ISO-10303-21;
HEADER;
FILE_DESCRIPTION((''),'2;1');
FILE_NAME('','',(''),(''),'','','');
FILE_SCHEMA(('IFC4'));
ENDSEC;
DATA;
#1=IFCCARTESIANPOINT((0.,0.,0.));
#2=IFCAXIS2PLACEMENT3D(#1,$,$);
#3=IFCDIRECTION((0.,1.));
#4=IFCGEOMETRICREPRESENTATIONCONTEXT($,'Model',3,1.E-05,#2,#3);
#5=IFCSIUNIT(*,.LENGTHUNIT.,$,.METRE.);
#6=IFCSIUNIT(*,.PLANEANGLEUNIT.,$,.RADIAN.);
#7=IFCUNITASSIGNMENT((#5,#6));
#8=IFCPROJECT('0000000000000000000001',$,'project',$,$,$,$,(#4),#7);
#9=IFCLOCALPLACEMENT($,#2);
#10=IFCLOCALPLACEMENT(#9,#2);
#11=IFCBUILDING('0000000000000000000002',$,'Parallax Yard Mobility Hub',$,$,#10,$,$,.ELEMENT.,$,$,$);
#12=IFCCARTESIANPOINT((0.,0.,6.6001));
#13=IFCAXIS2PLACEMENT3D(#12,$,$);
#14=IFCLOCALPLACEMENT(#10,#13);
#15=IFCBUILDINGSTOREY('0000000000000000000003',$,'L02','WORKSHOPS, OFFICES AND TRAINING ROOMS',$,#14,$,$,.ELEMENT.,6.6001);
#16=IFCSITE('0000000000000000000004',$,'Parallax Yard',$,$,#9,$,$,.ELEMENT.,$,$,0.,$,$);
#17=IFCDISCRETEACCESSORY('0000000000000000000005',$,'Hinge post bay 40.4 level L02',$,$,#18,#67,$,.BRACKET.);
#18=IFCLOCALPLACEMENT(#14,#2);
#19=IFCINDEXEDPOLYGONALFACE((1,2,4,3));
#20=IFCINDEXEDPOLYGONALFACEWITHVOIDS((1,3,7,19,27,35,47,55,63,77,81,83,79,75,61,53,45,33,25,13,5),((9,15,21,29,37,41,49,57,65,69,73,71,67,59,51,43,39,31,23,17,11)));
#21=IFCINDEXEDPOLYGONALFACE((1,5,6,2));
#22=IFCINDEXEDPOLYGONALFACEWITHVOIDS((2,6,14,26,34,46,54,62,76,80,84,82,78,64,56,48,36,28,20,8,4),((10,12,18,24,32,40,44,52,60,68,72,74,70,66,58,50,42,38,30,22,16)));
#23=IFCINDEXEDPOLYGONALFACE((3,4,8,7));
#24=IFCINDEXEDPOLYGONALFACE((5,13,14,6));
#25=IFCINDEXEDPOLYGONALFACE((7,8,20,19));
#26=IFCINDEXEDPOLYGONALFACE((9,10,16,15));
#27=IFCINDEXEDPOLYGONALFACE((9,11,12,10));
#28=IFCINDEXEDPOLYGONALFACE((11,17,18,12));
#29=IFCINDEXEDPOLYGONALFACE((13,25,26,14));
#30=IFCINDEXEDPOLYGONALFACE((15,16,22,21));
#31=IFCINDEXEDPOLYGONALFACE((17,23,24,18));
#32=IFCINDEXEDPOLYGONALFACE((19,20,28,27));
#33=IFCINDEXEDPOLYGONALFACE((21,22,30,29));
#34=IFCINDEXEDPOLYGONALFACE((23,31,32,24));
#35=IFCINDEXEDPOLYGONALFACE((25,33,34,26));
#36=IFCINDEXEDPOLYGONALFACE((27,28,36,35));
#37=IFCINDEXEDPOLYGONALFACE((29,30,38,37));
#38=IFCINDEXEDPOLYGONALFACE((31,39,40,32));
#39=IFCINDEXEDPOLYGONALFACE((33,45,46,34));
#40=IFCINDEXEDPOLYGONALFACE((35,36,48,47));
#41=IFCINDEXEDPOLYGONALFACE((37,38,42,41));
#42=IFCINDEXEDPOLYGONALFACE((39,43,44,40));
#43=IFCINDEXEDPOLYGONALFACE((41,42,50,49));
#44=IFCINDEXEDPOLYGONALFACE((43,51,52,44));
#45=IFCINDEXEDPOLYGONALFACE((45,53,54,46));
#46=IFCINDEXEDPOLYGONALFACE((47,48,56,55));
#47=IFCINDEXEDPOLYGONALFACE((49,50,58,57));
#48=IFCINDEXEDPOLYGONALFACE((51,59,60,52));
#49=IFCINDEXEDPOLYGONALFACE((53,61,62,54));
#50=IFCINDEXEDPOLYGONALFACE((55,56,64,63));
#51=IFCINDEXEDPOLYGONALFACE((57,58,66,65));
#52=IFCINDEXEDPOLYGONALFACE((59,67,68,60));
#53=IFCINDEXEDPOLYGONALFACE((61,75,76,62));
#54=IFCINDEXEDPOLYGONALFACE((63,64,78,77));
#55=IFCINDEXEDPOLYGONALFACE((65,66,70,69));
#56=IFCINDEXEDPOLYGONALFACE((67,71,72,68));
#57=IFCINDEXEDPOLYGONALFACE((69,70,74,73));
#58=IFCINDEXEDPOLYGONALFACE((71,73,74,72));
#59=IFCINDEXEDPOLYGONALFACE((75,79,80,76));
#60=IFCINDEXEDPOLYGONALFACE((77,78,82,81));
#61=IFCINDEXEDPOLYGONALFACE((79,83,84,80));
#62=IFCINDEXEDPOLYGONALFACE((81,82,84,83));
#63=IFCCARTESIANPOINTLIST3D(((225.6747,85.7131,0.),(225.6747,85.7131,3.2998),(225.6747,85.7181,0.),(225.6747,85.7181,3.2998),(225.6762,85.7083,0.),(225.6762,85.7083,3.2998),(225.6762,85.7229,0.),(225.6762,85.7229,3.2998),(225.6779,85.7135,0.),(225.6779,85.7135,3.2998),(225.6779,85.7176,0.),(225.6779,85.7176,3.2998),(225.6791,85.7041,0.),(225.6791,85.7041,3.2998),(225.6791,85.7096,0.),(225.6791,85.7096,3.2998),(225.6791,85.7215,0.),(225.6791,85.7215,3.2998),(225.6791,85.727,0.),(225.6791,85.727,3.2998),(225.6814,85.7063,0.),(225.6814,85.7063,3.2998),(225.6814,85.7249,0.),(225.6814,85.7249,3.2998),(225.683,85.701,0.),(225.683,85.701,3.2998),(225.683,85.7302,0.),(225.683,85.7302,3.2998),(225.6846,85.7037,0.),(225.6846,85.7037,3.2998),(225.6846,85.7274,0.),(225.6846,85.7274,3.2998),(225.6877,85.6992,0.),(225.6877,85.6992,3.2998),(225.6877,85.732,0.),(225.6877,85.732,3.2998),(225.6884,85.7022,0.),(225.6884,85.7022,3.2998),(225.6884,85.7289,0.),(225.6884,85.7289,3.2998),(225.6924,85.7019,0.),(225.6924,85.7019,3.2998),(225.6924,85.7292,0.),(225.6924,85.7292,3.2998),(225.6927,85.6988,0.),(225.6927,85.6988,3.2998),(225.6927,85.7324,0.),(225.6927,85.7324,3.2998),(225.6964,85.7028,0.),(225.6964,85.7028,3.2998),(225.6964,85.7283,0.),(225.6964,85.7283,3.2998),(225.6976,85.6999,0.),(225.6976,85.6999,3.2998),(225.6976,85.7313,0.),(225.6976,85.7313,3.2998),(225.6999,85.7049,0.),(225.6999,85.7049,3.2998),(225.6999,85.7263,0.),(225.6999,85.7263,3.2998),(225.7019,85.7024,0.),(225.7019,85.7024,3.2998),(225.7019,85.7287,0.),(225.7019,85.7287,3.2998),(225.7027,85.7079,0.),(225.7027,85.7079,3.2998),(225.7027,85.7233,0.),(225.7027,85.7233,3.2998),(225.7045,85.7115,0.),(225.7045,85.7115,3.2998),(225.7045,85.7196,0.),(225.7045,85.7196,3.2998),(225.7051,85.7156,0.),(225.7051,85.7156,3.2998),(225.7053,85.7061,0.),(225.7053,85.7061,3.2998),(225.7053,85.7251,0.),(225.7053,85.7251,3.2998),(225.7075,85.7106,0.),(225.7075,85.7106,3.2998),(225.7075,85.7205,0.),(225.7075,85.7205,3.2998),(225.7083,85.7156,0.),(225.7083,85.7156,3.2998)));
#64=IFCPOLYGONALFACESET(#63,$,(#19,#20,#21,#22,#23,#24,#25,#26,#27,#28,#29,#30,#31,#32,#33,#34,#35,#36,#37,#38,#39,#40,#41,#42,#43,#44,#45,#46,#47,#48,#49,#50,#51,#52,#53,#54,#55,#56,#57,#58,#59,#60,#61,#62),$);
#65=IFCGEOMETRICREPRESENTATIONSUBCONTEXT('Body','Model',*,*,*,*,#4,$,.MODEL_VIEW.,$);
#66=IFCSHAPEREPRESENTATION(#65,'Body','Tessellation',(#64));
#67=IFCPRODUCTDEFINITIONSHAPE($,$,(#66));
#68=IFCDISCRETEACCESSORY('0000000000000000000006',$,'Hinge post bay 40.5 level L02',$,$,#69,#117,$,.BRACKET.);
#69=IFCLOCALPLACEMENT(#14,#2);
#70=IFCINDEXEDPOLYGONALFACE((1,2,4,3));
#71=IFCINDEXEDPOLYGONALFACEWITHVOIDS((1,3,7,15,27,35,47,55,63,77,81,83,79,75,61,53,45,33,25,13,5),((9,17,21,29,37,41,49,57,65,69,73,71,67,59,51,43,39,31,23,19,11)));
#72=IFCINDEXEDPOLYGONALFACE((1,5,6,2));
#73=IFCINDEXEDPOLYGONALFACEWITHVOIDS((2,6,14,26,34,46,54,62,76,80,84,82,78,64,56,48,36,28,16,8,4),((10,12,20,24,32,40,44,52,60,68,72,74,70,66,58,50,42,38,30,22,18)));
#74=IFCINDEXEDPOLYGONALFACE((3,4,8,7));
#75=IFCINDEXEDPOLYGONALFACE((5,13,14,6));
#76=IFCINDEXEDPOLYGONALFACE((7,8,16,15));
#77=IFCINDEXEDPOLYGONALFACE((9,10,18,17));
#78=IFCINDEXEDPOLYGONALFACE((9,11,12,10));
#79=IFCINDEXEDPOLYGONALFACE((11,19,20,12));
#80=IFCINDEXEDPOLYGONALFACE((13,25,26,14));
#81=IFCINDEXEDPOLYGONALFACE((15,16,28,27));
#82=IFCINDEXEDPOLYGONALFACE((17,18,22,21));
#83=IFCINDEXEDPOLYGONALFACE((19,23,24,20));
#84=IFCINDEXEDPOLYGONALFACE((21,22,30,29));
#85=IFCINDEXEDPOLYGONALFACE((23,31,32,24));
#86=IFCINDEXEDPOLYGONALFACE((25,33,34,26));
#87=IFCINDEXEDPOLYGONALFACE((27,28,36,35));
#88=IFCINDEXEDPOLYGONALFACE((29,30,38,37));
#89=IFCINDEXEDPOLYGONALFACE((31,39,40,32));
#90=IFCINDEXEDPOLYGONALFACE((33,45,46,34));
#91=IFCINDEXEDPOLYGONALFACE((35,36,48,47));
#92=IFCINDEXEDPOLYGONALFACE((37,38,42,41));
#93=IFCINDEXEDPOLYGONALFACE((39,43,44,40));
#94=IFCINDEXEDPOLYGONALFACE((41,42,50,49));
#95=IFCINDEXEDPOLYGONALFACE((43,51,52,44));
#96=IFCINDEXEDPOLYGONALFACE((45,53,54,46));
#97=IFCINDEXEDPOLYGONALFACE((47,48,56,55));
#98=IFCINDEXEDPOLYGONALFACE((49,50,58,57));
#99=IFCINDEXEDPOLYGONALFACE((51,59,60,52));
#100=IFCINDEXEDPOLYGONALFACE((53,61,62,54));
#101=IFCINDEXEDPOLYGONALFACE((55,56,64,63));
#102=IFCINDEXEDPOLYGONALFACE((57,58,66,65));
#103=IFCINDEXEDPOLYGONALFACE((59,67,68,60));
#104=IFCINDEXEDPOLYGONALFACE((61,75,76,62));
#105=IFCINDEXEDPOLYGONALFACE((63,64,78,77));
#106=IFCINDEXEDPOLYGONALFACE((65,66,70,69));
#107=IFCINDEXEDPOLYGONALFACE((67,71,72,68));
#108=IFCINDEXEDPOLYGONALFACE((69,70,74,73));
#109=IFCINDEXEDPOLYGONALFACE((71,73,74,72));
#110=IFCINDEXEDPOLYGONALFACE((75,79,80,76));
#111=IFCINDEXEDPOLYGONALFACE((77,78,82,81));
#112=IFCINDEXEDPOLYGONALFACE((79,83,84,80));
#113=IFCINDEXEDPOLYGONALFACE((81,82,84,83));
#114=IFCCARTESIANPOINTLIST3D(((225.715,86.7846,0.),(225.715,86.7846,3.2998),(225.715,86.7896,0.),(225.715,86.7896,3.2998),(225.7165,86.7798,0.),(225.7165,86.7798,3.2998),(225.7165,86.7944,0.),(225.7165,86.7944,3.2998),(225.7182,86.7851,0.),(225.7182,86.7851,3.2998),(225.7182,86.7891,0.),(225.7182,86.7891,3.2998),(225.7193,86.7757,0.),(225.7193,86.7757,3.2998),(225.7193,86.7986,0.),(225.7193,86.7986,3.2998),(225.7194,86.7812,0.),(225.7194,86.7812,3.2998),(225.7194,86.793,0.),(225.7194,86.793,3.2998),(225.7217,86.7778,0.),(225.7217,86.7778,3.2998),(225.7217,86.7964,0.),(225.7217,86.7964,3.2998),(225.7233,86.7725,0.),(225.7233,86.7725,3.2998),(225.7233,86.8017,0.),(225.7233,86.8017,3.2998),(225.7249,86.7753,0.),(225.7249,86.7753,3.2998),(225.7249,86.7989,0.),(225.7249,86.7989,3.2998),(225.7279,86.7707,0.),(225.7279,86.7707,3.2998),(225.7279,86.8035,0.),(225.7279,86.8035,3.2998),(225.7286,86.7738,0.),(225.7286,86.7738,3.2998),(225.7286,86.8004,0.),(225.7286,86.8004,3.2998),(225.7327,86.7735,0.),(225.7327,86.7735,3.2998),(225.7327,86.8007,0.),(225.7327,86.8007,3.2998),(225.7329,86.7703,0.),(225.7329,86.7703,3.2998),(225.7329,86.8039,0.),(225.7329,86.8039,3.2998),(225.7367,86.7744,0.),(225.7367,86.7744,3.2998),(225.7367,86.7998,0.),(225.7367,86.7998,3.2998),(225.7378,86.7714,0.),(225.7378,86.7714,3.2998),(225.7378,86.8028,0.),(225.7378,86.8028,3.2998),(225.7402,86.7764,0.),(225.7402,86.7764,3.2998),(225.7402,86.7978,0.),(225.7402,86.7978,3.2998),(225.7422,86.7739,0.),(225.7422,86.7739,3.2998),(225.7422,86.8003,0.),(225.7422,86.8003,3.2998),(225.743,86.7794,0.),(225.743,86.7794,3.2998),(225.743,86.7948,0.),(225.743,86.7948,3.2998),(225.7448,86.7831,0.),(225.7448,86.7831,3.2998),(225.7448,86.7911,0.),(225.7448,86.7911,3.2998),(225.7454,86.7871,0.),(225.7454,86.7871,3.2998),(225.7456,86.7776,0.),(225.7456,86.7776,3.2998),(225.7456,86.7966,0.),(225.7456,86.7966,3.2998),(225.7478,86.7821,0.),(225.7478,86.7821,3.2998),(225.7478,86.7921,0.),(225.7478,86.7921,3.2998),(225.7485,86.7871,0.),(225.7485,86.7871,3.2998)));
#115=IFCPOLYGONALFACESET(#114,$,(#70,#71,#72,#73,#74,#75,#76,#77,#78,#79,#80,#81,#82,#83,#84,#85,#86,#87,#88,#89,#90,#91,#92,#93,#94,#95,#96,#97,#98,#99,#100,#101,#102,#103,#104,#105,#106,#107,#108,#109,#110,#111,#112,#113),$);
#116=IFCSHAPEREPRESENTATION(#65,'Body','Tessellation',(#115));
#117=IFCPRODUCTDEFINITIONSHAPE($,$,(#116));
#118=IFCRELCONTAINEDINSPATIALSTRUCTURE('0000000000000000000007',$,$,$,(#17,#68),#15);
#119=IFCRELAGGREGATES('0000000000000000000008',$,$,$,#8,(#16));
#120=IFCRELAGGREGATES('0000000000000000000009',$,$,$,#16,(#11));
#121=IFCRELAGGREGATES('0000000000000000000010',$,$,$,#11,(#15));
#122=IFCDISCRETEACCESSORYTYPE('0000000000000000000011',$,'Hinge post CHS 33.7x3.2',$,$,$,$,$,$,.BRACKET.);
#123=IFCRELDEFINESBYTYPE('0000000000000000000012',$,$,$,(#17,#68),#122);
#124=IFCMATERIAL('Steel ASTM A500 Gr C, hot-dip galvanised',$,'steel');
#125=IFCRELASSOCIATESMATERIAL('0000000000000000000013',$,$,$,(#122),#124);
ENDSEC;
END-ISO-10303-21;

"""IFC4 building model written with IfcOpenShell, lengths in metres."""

from ifc_helpers import new_model, si_unit, direction, frame, origin, origin_2d, place, context, subcontext, project, spatial, hollow_circle, extrude, material, material_profile, profile_set, type_object, element, save


model = new_model("IFC4")

# Units and contexts
model_context = context("Model", 3, precision=1e-05, world=origin(), true_north=direction((0.0, 1.0)))
body_context = subcontext(model_context, "Body", "Model", "MODEL_VIEW")
ifc_project = project(units=[si_unit("LENGTHUNIT", "METRE"), si_unit("PLANEANGLEUNIT", "RADIAN")], contexts=[model_context])

# Site, building, storey
site_placement = place(None, origin())
site = spatial("IfcSite", under=ifc_project, at=site_placement, Name="Parallax Yard", CompositionType="ELEMENT", RefElevation=0.0)
building_placement = place(site_placement, origin())
building = spatial("IfcBuilding", under=site, at=building_placement, Name="Parallax Yard Mobility Hub", CompositionType="ELEMENT")
storey_placement = place(building_placement, frame((0.0, 0.0, 6.6001)))
storey = spatial("IfcBuildingStorey", under=building, at=storey_placement, Name="L02", Description="WORKSHOPS, OFFICES AND TRAINING ROOMS", CompositionType="ELEMENT", Elevation=6.6001)

# Discrete accessories
ifc_material_1 = material(Name="Steel ASTM A500 Gr C, hot-dip galvanised", Category="steel")
ifc_material_profile = material_profile(ifc_material_1, hollow_circle(Radius=0.0168, WallThickness=0.0032, at=origin_2d()), Name="CHS 33.7x3.2")
ifc_profile_set = profile_set([ifc_material_profile], Name="Steel ASTM A500 Gr C, hot-dip galvanised")
discrete_accessory_type = type_object("IfcDiscreteAccessoryType", Name="Hinge post CHS 33.7x3.2", PredefinedType="BRACKET", material=ifc_profile_set)
for number, where, z_axis, x_axis, name in (
    (1, (225.6914, 85.7156, 0.0), (0.0, 0.0, 1.0), (1.0, 0.0, 0.0), "Hinge post bay 40.4 level L02"),
    (2, (225.7317, 86.7871, 0.0), (0.0, 0.0, 1.0), (1.0, 0.0, 0.0), "Hinge post bay 40.5 level L02"),
):
    element("IfcDiscreteAccessory", number, at=place(storey_placement, frame(where, z_axis=z_axis, x_axis=x_axis)), inside=storey, type_object=discrete_accessory_type, Name=name, PredefinedType="BRACKET", context=body_context, shape_type="SweptSolid", body=[
        extrude(hollow_circle(Radius=0.0168, WallThickness=0.0032, at=origin_2d()), origin(), (0.0, 0.0, 1.0), 3.2998),
    ])

save(model, "model.ifc")
